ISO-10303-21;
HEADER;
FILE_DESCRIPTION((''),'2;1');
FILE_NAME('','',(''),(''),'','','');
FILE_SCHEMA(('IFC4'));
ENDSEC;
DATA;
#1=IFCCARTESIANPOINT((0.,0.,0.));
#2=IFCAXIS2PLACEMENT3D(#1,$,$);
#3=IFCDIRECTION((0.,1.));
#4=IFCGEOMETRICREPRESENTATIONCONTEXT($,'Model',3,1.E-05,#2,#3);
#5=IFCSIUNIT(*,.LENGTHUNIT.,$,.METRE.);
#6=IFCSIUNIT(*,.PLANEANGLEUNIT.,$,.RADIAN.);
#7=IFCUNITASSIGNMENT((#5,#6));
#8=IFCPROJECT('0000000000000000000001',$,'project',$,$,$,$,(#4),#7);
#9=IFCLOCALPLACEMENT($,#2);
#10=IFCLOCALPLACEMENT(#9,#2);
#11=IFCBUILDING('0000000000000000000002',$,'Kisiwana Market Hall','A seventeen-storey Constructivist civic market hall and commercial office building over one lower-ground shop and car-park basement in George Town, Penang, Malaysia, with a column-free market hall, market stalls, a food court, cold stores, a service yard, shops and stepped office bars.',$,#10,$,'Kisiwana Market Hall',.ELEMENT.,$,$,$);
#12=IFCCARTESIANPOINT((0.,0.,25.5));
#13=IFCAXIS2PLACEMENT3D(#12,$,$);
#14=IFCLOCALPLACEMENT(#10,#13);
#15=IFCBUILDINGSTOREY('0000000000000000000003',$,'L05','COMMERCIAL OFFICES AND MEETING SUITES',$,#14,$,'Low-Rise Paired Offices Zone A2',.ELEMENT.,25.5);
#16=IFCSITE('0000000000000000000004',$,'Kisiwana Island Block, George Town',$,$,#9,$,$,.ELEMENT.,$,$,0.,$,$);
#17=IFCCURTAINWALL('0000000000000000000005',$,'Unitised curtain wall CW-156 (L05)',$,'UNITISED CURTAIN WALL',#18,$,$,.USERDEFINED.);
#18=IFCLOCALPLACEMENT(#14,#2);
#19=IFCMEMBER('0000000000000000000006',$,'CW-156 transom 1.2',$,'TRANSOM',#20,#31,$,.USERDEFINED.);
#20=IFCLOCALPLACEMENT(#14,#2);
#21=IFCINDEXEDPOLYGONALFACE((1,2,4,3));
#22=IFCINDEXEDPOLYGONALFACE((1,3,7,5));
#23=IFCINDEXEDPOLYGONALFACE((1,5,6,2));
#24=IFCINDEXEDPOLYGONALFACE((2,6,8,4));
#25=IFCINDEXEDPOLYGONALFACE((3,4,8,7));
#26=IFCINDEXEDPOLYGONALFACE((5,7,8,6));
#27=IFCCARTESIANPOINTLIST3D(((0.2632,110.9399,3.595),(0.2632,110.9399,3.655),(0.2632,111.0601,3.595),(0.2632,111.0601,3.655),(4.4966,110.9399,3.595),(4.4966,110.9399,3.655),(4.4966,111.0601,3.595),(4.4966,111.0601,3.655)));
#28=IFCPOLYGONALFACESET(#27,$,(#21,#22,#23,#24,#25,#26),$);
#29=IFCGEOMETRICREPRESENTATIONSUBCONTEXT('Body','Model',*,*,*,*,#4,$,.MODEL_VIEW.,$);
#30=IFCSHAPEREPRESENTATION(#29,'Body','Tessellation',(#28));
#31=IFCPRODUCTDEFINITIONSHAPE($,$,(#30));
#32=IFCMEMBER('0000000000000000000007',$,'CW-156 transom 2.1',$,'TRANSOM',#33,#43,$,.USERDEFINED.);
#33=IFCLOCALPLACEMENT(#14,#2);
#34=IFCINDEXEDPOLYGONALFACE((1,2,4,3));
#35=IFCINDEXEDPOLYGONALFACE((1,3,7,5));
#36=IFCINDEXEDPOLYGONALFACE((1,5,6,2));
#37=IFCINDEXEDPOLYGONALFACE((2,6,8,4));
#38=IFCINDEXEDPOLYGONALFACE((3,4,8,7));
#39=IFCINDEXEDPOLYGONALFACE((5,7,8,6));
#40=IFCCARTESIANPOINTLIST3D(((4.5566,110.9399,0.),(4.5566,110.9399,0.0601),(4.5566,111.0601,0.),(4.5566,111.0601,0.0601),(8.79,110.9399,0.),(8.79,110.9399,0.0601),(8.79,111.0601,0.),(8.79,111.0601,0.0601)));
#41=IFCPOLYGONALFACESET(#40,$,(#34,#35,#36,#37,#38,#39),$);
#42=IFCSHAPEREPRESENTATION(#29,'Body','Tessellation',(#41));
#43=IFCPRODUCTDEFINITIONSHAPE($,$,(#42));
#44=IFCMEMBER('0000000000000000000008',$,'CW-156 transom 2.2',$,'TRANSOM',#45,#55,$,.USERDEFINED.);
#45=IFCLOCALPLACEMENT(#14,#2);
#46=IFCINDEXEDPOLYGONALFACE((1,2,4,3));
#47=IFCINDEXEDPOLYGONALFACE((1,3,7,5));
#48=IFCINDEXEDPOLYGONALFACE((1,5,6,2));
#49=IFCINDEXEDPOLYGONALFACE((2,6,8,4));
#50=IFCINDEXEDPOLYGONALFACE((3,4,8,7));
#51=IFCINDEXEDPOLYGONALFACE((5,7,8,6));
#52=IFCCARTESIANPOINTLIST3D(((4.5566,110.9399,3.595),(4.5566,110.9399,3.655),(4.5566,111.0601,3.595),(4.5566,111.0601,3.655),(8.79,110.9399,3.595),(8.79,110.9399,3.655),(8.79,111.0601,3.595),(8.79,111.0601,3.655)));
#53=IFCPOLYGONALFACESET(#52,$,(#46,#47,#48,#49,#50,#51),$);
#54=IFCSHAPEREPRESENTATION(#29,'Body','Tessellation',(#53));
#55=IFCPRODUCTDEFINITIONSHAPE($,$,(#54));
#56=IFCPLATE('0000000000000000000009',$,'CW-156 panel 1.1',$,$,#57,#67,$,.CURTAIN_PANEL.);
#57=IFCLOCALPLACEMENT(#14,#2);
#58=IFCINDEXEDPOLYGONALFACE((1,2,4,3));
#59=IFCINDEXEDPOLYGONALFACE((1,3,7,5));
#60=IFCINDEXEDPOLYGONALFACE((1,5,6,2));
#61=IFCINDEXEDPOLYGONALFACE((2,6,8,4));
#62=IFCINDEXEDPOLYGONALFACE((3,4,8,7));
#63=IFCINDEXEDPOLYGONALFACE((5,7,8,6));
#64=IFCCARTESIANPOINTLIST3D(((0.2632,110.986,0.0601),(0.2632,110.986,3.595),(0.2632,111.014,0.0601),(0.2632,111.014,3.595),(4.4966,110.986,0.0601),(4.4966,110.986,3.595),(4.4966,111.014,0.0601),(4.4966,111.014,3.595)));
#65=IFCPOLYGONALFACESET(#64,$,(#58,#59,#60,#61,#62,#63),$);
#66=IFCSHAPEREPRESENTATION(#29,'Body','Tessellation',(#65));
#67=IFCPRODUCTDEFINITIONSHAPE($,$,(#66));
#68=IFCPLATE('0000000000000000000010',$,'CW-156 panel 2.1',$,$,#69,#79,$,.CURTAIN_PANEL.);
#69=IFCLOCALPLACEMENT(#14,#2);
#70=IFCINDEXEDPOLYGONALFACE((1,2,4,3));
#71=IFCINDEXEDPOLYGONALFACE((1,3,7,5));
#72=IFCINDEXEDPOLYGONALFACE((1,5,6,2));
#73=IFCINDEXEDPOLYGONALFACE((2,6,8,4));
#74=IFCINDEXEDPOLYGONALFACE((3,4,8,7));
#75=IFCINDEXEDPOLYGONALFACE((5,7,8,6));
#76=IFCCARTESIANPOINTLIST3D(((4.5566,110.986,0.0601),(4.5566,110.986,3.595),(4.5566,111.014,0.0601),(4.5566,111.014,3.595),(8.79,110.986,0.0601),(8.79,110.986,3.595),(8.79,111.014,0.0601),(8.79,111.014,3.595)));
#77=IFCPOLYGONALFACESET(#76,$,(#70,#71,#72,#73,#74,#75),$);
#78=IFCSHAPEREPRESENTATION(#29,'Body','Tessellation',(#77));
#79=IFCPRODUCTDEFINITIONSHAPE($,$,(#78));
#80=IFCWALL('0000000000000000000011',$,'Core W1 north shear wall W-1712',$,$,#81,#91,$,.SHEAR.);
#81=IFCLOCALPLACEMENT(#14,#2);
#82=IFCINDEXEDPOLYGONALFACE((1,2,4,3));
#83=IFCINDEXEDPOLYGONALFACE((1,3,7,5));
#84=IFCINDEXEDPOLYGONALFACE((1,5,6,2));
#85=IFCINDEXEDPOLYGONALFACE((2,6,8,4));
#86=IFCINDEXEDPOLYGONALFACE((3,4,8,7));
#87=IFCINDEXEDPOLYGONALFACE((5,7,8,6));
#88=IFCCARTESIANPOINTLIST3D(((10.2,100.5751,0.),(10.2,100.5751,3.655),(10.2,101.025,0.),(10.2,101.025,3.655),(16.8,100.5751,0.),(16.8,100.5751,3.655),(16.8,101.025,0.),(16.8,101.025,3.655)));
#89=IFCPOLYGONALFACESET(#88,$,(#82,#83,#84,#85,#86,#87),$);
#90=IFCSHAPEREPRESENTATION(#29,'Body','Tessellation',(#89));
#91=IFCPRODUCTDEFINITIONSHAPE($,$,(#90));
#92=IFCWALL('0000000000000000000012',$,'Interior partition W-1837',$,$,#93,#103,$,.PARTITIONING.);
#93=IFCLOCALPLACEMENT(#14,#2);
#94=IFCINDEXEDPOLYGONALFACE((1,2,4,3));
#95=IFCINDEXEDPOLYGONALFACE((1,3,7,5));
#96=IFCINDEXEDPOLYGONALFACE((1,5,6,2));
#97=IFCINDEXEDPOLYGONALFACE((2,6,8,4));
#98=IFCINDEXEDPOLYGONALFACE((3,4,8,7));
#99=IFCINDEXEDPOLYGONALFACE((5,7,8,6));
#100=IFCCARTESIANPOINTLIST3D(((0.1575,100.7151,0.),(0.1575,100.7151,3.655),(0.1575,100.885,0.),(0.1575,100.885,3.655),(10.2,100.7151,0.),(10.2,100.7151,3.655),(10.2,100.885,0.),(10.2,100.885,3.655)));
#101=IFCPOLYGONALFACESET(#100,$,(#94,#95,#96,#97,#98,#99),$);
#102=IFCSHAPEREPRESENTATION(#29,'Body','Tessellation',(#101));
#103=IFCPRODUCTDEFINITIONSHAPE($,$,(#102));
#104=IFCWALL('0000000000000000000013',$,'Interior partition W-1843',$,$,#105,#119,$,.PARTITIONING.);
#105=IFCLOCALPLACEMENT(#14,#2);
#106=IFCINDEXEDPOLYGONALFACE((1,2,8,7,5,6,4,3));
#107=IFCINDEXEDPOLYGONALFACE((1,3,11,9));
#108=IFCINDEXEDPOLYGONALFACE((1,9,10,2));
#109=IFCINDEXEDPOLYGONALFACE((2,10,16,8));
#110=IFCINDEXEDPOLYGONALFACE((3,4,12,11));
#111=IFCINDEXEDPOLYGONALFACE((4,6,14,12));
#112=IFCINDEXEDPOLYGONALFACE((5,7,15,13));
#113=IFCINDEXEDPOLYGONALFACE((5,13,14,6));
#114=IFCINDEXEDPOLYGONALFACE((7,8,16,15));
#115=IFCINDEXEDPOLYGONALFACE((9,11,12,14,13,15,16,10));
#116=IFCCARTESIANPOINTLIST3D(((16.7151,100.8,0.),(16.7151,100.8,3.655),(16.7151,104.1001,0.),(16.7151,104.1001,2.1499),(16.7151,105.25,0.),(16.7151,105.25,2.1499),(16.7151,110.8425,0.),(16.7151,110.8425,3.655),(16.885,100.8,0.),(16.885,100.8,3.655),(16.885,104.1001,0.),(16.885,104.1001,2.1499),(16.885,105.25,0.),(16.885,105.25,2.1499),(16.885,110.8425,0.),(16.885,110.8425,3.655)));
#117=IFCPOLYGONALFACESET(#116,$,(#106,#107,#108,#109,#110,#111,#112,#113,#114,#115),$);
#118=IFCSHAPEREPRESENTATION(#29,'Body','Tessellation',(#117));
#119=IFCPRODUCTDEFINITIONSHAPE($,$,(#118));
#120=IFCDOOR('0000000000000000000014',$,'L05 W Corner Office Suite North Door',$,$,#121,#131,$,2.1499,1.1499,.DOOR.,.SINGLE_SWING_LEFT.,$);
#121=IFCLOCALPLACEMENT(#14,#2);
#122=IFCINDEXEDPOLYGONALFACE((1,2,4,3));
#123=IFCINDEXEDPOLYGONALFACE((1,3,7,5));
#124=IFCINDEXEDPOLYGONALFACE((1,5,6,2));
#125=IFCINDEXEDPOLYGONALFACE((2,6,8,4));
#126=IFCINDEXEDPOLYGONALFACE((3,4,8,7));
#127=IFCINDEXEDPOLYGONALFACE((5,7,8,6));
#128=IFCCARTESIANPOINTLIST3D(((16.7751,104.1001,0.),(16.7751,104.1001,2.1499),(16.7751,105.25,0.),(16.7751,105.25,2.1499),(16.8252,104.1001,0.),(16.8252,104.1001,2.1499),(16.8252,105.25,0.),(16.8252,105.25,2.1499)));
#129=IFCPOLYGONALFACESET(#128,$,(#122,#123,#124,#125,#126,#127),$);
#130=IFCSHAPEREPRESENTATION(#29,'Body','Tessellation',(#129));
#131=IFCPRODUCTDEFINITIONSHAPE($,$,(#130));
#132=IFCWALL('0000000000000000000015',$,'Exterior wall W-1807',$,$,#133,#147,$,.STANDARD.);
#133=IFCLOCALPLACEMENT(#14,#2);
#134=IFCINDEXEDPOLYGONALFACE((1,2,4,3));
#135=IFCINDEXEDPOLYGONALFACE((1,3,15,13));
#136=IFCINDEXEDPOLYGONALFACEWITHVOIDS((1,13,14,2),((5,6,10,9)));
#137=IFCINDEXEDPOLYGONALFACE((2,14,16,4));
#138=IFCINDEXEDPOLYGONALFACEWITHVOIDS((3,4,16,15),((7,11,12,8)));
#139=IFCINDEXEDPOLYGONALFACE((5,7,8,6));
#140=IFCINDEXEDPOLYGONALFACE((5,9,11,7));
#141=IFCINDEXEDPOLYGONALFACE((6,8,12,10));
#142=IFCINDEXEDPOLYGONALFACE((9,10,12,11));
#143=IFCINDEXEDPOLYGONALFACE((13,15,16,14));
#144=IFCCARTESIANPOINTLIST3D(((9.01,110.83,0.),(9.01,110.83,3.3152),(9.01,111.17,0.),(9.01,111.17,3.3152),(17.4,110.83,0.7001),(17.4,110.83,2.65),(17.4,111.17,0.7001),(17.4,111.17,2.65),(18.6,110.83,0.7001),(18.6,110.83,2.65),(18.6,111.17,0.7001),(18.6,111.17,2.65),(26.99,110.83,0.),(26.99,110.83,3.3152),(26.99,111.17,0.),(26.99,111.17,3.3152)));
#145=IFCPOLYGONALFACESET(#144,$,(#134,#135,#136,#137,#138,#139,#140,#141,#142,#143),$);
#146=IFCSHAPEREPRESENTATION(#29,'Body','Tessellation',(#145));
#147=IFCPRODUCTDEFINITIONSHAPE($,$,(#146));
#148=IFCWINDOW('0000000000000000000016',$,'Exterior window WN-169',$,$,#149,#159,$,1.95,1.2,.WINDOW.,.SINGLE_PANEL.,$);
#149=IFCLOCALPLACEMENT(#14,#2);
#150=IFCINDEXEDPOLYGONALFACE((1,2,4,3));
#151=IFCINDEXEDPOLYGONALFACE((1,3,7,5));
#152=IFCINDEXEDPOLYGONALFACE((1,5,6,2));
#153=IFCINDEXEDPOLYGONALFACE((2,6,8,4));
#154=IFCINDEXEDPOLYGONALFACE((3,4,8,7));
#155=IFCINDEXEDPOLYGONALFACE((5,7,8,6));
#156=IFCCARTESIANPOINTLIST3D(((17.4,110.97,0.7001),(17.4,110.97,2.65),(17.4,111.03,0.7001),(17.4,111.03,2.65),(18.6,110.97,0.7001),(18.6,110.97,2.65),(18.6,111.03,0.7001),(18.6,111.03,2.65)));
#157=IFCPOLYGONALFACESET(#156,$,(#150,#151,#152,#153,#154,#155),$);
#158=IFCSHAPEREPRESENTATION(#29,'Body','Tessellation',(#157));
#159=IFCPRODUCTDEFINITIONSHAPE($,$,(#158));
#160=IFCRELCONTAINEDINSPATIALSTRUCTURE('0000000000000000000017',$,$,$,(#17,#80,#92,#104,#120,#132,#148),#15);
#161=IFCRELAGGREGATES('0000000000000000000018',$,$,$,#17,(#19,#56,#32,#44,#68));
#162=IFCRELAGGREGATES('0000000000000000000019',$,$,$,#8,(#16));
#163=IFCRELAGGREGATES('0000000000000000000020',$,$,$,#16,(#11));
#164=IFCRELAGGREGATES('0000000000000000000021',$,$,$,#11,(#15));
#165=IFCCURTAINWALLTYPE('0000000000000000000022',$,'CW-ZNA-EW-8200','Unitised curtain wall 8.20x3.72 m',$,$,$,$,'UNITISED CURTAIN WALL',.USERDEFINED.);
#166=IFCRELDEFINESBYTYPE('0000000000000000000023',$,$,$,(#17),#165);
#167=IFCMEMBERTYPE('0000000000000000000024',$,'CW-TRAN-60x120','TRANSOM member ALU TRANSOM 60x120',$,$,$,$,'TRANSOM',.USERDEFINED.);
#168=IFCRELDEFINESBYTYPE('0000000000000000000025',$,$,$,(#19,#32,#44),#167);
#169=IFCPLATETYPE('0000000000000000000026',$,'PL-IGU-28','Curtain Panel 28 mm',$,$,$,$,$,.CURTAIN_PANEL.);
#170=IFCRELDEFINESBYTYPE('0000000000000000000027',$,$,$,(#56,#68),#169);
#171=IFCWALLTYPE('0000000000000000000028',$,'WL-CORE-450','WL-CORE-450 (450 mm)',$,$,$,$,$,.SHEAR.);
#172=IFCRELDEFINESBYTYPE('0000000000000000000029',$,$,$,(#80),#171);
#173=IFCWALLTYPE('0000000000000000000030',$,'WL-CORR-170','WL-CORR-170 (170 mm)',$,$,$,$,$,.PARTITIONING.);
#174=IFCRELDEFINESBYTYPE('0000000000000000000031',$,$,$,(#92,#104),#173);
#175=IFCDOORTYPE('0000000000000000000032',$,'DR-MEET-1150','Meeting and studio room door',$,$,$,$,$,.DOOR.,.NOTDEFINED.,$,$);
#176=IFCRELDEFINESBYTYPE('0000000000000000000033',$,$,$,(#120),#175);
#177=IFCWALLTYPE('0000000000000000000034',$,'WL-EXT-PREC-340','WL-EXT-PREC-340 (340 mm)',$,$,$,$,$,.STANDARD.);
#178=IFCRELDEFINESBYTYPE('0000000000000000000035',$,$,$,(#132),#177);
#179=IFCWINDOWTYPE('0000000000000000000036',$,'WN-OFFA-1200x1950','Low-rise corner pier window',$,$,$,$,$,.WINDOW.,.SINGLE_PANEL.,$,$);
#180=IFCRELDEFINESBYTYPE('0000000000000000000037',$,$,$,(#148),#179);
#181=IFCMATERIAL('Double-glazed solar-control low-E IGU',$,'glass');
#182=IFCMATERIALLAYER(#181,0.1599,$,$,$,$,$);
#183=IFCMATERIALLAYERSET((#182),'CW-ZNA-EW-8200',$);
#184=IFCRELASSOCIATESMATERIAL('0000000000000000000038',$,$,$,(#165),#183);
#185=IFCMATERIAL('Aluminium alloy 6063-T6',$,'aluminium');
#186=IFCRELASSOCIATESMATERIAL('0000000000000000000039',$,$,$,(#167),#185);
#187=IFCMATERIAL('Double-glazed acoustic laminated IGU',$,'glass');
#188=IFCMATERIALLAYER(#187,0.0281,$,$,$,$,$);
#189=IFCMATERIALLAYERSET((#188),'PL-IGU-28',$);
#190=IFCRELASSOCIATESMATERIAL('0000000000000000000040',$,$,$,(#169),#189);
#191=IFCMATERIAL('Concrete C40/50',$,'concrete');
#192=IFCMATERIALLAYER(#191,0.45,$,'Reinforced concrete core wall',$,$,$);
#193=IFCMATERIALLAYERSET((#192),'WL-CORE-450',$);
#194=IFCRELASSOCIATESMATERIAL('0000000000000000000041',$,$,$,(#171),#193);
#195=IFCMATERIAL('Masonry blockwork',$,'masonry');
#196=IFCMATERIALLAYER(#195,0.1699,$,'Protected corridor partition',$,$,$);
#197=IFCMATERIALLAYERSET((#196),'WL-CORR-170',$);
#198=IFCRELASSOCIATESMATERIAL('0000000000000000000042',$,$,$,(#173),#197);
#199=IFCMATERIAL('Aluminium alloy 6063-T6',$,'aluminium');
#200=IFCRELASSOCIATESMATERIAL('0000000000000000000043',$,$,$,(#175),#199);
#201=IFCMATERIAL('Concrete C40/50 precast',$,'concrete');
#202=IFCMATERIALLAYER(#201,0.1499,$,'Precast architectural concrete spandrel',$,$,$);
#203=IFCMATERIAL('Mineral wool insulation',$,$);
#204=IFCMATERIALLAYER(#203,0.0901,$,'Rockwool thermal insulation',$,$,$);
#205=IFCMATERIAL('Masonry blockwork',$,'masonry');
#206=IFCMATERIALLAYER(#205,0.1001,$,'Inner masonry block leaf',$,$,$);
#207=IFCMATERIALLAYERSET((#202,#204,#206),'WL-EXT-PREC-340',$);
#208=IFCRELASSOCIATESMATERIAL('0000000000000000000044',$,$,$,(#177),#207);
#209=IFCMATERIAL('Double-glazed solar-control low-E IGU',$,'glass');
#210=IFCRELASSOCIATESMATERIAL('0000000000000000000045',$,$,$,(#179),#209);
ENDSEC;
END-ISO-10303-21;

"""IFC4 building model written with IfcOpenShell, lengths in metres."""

from ifc_helpers import new_model, si_unit, direction, frame, frame_2d, origin, origin_2d, place, context, subcontext, project, spatial, rectangle, extrude, material, layer, layer_set, material_profile, profile_set, type_object, element, fill, aggregate, save


model = new_model("IFC4")

# Units and contexts
model_context = context("Model", 3, precision=1e-05, world=origin(), true_north=direction((0.0, 1.0)))
body_context = subcontext(model_context, "Body", "Model", "MODEL_VIEW")
ifc_project = project(units=[si_unit("LENGTHUNIT", "METRE"), si_unit("PLANEANGLEUNIT", "RADIAN")], contexts=[model_context])

# Site, building, storey
site_placement = place(None, origin())
site = spatial("IfcSite", under=ifc_project, at=site_placement, Name="Kisiwana Island Block, George Town", CompositionType="ELEMENT", RefElevation=0.0)
building_placement = place(site_placement, origin())
building = spatial("IfcBuilding", under=site, at=building_placement, Name="Kisiwana Market Hall", Description="A seventeen-storey Constructivist civic market hall and commercial office building over one lower-ground shop and car-park basement in George Town, Penang, Malaysia, with a column-free market hall, market stalls, a food court, cold stores, a service yard, shops and stepped office bars.", LongName="Kisiwana Market Hall", CompositionType="ELEMENT")
storey_placement = place(building_placement, frame((0.0, 0.0, 25.5)))
storey = spatial("IfcBuildingStorey", under=building, at=storey_placement, Name="L05", Description="COMMERCIAL OFFICES AND MEETING SUITES", LongName="Low-Rise Paired Offices Zone A2", CompositionType="ELEMENT", Elevation=25.5)

# Curtain wall
ifc_material_1 = material(Name="Double-glazed solar-control low-E IGU", Category="glass")
ifc_layer_1 = layer(ifc_material_1, 0.1599)
ifc_layer_set_1 = layer_set([ifc_layer_1], Name="CW-ZNA-EW-8200")
curtain_wall_type = type_object("IfcCurtainWallType", Name="CW-ZNA-EW-8200", Description="Unitised curtain wall 8.20x3.72 m", ElementType="UNITISED CURTAIN WALL", PredefinedType="USERDEFINED", material=ifc_layer_set_1)
curtain_wall_1_placement = place(storey_placement, origin())
curtain_wall_1 = element("IfcCurtainWall", 1, at=curtain_wall_1_placement, inside=storey, type_object=curtain_wall_type, Name="Unitised curtain wall CW-156 (L05)", ObjectType="UNITISED CURTAIN WALL", PredefinedType="USERDEFINED")

# Members
ifc_material_2 = material(Name="Aluminium alloy 6063-T6", Category="aluminium")
ifc_material_profile_1 = material_profile(ifc_material_2, rectangle(XDim=0.1201, YDim=0.0601, at=origin_2d()), Name="ALU TRANSOM 60x120")
ifc_profile_set_1 = profile_set([ifc_material_profile_1], Name="Aluminium alloy 6063-T6")
member_type_1 = type_object("IfcMemberType", Name="CW-TRAN-60x120", Description="TRANSOM member ALU TRANSOM 60x120", ElementType="TRANSOM", PredefinedType="USERDEFINED", material=ifc_profile_set_1)
member_1_placement = place(storey_placement, frame((0.2632, 111.0, 3.625), z_axis=(1.0, 0.0, 0.0), x_axis=(0.0, 1.0, 0.0)))
member_1 = element("IfcMember", 2, at=member_1_placement, type_object=member_type_1, Name="CW-156 transom 1.2", ObjectType="TRANSOM", PredefinedType="USERDEFINED", context=body_context, shape_type="SweptSolid", body=[
    extrude(rectangle(XDim=0.1201, YDim=0.0601, at=origin_2d()), origin(), (0.0, 0.0, 1.0), 4.2334),
])
member_2_placement = place(storey_placement, frame((4.5566, 111.0, 0.03), z_axis=(1.0, 0.0, 0.0), x_axis=(0.0, 1.0, 0.0)))
member_2 = element("IfcMember", 3, at=member_2_placement, type_object=member_type_1, Name="CW-156 transom 2.1", ObjectType="TRANSOM", PredefinedType="USERDEFINED", context=body_context, shape_type="SweptSolid", body=[
    extrude(rectangle(XDim=0.1201, YDim=0.0601, at=origin_2d()), origin(), (0.0, 0.0, 1.0), 4.2334),
])
member_3_placement = place(storey_placement, frame((4.5566, 111.0, 3.625), z_axis=(1.0, 0.0, 0.0), x_axis=(0.0, 1.0, 0.0)))
member_3 = element("IfcMember", 4, at=member_3_placement, type_object=member_type_1, Name="CW-156 transom 2.2", ObjectType="TRANSOM", PredefinedType="USERDEFINED", context=body_context, shape_type="SweptSolid", body=[
    extrude(rectangle(XDim=0.1201, YDim=0.0601, at=origin_2d()), origin(), (0.0, 0.0, 1.0), 4.2334),
])

# Plates
ifc_material_3 = material(Name="Double-glazed acoustic laminated IGU", Category="glass")
ifc_layer_2 = layer(ifc_material_3, 0.0281)
ifc_layer_set_2 = layer_set([ifc_layer_2], Name="PL-IGU-28")
plate_type = type_object("IfcPlateType", Name="PL-IGU-28", Description="Curtain Panel 28 mm", PredefinedType="CURTAIN_PANEL", material=ifc_layer_set_2)
plate_1_placement = place(storey_placement, frame((2.3799, 111.0, 0.0601), z_axis=(0.0, 0.0, 1.0), x_axis=(1.0, 0.0, 0.0)))
plate_1 = element("IfcPlate", 5, at=plate_1_placement, type_object=plate_type, Name="CW-156 panel 1.1", PredefinedType="CURTAIN_PANEL", context=body_context, shape_type="SweptSolid", body=[
    extrude(rectangle(XDim=4.2334, YDim=0.0281, at=origin_2d()), origin(), (0.0, 0.0, 1.0), 3.5349),
])
plate_2_placement = place(storey_placement, frame((6.6733, 111.0, 0.0601), z_axis=(0.0, 0.0, 1.0), x_axis=(1.0, 0.0, 0.0)))
plate_2 = element("IfcPlate", 6, at=plate_2_placement, type_object=plate_type, Name="CW-156 panel 2.1", PredefinedType="CURTAIN_PANEL", context=body_context, shape_type="SweptSolid", body=[
    extrude(rectangle(XDim=4.2334, YDim=0.0281, at=origin_2d()), origin(), (0.0, 0.0, 1.0), 3.5349),
])
aggregate(curtain_wall_1, [member_1, plate_1, member_2, member_3, plate_2])

# Walls
ifc_material_4 = material(Name="Concrete C40/50", Category="concrete")
ifc_layer_3 = layer(ifc_material_4, 0.45, Name="Reinforced concrete core wall")
ifc_layer_set_3 = layer_set([ifc_layer_3], Name="WL-CORE-450")
wall_type_1 = type_object("IfcWallType", Name="WL-CORE-450", Description="WL-CORE-450 (450 mm)", PredefinedType="SHEAR", material=ifc_layer_set_3)
wall_1_placement = place(storey_placement, frame((10.2, 100.8, 0.0), z_axis=(0.0, 0.0, 1.0), x_axis=(1.0, 0.0, 0.0)))
element("IfcWall", 7, at=wall_1_placement, inside=storey, type_object=wall_type_1, Name="Core W1 north shear wall W-1712", PredefinedType="SHEAR", context=body_context, shape_type="SweptSolid", body=[
    extrude(rectangle(XDim=6.6001, YDim=0.45, at=frame_2d((3.3, 0.0))), origin(), (0.0, 0.0, 1.0), 3.655),
])
ifc_material_5 = material(Name="Masonry blockwork", Category="masonry")
ifc_layer_4 = layer(ifc_material_5, 0.1699, Name="Protected corridor partition")
ifc_layer_set_4 = layer_set([ifc_layer_4], Name="WL-CORR-170")
wall_type_2 = type_object("IfcWallType", Name="WL-CORR-170", Description="WL-CORR-170 (170 mm)", PredefinedType="PARTITIONING", material=ifc_layer_set_4)
wall_2_placement = place(storey_placement, frame((0.1575, 100.8, 0.0), z_axis=(0.0, 0.0, 1.0), x_axis=(1.0, 0.0, 0.0)))
element("IfcWall", 8, at=wall_2_placement, inside=storey, type_object=wall_type_2, Name="Interior partition W-1837", PredefinedType="PARTITIONING", context=body_context, shape_type="SweptSolid", body=[
    extrude(rectangle(XDim=10.0425, YDim=0.1699, at=frame_2d((5.0212, 0.0))), origin(), (0.0, 0.0, 1.0), 3.655),
])

# Wall, opening, door
wall_3_placement = place(storey_placement, frame((16.8, 100.8, 0.0), z_axis=(0.0, 0.0, 1.0), x_axis=(0.0, 1.0, 0.0)))
wall_3 = element("IfcWall", 9, at=wall_3_placement, inside=storey, type_object=wall_type_2, Name="Interior partition W-1843", PredefinedType="PARTITIONING", context=body_context, shape_type="SweptSolid", body=[
    extrude(rectangle(XDim=10.0425, YDim=0.1699, at=frame_2d((5.0212, 0.0))), origin(), (0.0, 0.0, 1.0), 3.655),
])
opening_1_placement = place(wall_3_placement, frame((3.3, 0.0, 0.0)))
opening_1 = element("IfcOpeningElement", 10, at=opening_1_placement, cuts=wall_3, PredefinedType="OPENING", context=body_context, shape_type="SweptSolid", body=[
    extrude(rectangle(XDim=1.1499, YDim=2.1499, at=frame_2d((0.575, 1.075))), frame((0.0, 0.0969, 0.0), z_axis=(0.0, -1.0, 0.0), x_axis=(1.0, 0.0, 0.0)), (0.0, 0.0, 1.0), 0.1938),
])
ifc_material_6 = material(Name="Aluminium alloy 6063-T6", Category="aluminium")
door_type = type_object("IfcDoorType", Name="DR-MEET-1150", Description="Meeting and studio room door", OperationType="NOTDEFINED", PredefinedType="DOOR", material=ifc_material_6)
door_placement = place(opening_1_placement, origin())
door = element("IfcDoor", 11, at=door_placement, inside=storey, type_object=door_type, Name="L05 W Corner Office Suite North Door", OperationType="SINGLE_SWING_LEFT", OverallHeight=2.1499, OverallWidth=1.1499, PredefinedType="DOOR", context=body_context, shape_type="SweptSolid", body=[
    extrude(rectangle(XDim=1.1499, YDim=2.1499, at=frame_2d((0.575, 1.075))), frame((0.0, 0.0249, 0.0), z_axis=(0.0, -1.0, 0.0), x_axis=(1.0, 0.0, 0.0)), (0.0, 0.0, 1.0), 0.05),
])
fill(opening_1, door)

# Wall, opening, window
ifc_material_7 = material(Name="Concrete C40/50 precast", Category="concrete")
ifc_layer_5 = layer(ifc_material_7, 0.1499, Name="Precast architectural concrete spandrel")
ifc_material_8 = material(Name="Mineral wool insulation")
ifc_layer_6 = layer(ifc_material_8, 0.0901, Name="Rockwool thermal insulation")
ifc_material_9 = material(Name="Masonry blockwork", Category="masonry")
ifc_layer_7 = layer(ifc_material_9, 0.1001, Name="Inner masonry block leaf")
ifc_layer_set_5 = layer_set([ifc_layer_5, ifc_layer_6, ifc_layer_7], Name="WL-EXT-PREC-340")
wall_type_3 = type_object("IfcWallType", Name="WL-EXT-PREC-340", Description="WL-EXT-PREC-340 (340 mm)", PredefinedType="STANDARD", material=ifc_layer_set_5)
wall_4_placement = place(storey_placement, frame((9.01, 111.0, 0.0), z_axis=(0.0, 0.0, 1.0), x_axis=(1.0, 0.0, 0.0)))
wall_4 = element("IfcWall", 12, at=wall_4_placement, inside=storey, type_object=wall_type_3, Name="Exterior wall W-1807", PredefinedType="STANDARD", context=body_context, shape_type="SweptSolid", body=[
    extrude(rectangle(XDim=17.98, YDim=0.3401, at=frame_2d((8.99, 0.0))), origin(), (0.0, 0.0, 1.0), 3.3152),
])
opening_2_placement = place(wall_4_placement, frame((8.3899, 0.0, 0.7)))
opening_2 = element("IfcOpeningElement", 13, at=opening_2_placement, cuts=wall_4, PredefinedType="OPENING", context=body_context, shape_type="SweptSolid", body=[
    extrude(rectangle(XDim=1.2, YDim=1.95, at=frame_2d((0.6001, 0.9751))), frame((0.0, 0.1821, 0.0), z_axis=(0.0, -1.0, 0.0), x_axis=(1.0, 0.0, 0.0)), (0.0, 0.0, 1.0), 0.364),
])
ifc_material_10 = material(Name="Double-glazed solar-control low-E IGU", Category="glass")
window_type_1 = type_object("IfcWindowType", Name="WN-OFFA-1200x1950", Description="Low-rise corner pier window", PartitioningType="SINGLE_PANEL", PredefinedType="WINDOW", material=ifc_material_10)
window_1_placement = place(opening_2_placement, origin())
window_1 = element("IfcWindow", 14, at=window_1_placement, inside=storey, type_object=window_type_1, Name="Exterior window WN-169", OverallHeight=1.95, OverallWidth=1.2, PartitioningType="SINGLE_PANEL", PredefinedType="WINDOW", context=body_context, shape_type="SweptSolid", body=[
    extrude(rectangle(XDim=1.2, YDim=1.95, at=frame_2d((0.6001, 0.9751))), frame((0.0, 0.03, 0.0), z_axis=(0.0, -1.0, 0.0), x_axis=(1.0, 0.0, 0.0)), (0.0, 0.0, 1.0), 0.0601),
])
fill(opening_2, window_1)

save(model, "model.ifc")
